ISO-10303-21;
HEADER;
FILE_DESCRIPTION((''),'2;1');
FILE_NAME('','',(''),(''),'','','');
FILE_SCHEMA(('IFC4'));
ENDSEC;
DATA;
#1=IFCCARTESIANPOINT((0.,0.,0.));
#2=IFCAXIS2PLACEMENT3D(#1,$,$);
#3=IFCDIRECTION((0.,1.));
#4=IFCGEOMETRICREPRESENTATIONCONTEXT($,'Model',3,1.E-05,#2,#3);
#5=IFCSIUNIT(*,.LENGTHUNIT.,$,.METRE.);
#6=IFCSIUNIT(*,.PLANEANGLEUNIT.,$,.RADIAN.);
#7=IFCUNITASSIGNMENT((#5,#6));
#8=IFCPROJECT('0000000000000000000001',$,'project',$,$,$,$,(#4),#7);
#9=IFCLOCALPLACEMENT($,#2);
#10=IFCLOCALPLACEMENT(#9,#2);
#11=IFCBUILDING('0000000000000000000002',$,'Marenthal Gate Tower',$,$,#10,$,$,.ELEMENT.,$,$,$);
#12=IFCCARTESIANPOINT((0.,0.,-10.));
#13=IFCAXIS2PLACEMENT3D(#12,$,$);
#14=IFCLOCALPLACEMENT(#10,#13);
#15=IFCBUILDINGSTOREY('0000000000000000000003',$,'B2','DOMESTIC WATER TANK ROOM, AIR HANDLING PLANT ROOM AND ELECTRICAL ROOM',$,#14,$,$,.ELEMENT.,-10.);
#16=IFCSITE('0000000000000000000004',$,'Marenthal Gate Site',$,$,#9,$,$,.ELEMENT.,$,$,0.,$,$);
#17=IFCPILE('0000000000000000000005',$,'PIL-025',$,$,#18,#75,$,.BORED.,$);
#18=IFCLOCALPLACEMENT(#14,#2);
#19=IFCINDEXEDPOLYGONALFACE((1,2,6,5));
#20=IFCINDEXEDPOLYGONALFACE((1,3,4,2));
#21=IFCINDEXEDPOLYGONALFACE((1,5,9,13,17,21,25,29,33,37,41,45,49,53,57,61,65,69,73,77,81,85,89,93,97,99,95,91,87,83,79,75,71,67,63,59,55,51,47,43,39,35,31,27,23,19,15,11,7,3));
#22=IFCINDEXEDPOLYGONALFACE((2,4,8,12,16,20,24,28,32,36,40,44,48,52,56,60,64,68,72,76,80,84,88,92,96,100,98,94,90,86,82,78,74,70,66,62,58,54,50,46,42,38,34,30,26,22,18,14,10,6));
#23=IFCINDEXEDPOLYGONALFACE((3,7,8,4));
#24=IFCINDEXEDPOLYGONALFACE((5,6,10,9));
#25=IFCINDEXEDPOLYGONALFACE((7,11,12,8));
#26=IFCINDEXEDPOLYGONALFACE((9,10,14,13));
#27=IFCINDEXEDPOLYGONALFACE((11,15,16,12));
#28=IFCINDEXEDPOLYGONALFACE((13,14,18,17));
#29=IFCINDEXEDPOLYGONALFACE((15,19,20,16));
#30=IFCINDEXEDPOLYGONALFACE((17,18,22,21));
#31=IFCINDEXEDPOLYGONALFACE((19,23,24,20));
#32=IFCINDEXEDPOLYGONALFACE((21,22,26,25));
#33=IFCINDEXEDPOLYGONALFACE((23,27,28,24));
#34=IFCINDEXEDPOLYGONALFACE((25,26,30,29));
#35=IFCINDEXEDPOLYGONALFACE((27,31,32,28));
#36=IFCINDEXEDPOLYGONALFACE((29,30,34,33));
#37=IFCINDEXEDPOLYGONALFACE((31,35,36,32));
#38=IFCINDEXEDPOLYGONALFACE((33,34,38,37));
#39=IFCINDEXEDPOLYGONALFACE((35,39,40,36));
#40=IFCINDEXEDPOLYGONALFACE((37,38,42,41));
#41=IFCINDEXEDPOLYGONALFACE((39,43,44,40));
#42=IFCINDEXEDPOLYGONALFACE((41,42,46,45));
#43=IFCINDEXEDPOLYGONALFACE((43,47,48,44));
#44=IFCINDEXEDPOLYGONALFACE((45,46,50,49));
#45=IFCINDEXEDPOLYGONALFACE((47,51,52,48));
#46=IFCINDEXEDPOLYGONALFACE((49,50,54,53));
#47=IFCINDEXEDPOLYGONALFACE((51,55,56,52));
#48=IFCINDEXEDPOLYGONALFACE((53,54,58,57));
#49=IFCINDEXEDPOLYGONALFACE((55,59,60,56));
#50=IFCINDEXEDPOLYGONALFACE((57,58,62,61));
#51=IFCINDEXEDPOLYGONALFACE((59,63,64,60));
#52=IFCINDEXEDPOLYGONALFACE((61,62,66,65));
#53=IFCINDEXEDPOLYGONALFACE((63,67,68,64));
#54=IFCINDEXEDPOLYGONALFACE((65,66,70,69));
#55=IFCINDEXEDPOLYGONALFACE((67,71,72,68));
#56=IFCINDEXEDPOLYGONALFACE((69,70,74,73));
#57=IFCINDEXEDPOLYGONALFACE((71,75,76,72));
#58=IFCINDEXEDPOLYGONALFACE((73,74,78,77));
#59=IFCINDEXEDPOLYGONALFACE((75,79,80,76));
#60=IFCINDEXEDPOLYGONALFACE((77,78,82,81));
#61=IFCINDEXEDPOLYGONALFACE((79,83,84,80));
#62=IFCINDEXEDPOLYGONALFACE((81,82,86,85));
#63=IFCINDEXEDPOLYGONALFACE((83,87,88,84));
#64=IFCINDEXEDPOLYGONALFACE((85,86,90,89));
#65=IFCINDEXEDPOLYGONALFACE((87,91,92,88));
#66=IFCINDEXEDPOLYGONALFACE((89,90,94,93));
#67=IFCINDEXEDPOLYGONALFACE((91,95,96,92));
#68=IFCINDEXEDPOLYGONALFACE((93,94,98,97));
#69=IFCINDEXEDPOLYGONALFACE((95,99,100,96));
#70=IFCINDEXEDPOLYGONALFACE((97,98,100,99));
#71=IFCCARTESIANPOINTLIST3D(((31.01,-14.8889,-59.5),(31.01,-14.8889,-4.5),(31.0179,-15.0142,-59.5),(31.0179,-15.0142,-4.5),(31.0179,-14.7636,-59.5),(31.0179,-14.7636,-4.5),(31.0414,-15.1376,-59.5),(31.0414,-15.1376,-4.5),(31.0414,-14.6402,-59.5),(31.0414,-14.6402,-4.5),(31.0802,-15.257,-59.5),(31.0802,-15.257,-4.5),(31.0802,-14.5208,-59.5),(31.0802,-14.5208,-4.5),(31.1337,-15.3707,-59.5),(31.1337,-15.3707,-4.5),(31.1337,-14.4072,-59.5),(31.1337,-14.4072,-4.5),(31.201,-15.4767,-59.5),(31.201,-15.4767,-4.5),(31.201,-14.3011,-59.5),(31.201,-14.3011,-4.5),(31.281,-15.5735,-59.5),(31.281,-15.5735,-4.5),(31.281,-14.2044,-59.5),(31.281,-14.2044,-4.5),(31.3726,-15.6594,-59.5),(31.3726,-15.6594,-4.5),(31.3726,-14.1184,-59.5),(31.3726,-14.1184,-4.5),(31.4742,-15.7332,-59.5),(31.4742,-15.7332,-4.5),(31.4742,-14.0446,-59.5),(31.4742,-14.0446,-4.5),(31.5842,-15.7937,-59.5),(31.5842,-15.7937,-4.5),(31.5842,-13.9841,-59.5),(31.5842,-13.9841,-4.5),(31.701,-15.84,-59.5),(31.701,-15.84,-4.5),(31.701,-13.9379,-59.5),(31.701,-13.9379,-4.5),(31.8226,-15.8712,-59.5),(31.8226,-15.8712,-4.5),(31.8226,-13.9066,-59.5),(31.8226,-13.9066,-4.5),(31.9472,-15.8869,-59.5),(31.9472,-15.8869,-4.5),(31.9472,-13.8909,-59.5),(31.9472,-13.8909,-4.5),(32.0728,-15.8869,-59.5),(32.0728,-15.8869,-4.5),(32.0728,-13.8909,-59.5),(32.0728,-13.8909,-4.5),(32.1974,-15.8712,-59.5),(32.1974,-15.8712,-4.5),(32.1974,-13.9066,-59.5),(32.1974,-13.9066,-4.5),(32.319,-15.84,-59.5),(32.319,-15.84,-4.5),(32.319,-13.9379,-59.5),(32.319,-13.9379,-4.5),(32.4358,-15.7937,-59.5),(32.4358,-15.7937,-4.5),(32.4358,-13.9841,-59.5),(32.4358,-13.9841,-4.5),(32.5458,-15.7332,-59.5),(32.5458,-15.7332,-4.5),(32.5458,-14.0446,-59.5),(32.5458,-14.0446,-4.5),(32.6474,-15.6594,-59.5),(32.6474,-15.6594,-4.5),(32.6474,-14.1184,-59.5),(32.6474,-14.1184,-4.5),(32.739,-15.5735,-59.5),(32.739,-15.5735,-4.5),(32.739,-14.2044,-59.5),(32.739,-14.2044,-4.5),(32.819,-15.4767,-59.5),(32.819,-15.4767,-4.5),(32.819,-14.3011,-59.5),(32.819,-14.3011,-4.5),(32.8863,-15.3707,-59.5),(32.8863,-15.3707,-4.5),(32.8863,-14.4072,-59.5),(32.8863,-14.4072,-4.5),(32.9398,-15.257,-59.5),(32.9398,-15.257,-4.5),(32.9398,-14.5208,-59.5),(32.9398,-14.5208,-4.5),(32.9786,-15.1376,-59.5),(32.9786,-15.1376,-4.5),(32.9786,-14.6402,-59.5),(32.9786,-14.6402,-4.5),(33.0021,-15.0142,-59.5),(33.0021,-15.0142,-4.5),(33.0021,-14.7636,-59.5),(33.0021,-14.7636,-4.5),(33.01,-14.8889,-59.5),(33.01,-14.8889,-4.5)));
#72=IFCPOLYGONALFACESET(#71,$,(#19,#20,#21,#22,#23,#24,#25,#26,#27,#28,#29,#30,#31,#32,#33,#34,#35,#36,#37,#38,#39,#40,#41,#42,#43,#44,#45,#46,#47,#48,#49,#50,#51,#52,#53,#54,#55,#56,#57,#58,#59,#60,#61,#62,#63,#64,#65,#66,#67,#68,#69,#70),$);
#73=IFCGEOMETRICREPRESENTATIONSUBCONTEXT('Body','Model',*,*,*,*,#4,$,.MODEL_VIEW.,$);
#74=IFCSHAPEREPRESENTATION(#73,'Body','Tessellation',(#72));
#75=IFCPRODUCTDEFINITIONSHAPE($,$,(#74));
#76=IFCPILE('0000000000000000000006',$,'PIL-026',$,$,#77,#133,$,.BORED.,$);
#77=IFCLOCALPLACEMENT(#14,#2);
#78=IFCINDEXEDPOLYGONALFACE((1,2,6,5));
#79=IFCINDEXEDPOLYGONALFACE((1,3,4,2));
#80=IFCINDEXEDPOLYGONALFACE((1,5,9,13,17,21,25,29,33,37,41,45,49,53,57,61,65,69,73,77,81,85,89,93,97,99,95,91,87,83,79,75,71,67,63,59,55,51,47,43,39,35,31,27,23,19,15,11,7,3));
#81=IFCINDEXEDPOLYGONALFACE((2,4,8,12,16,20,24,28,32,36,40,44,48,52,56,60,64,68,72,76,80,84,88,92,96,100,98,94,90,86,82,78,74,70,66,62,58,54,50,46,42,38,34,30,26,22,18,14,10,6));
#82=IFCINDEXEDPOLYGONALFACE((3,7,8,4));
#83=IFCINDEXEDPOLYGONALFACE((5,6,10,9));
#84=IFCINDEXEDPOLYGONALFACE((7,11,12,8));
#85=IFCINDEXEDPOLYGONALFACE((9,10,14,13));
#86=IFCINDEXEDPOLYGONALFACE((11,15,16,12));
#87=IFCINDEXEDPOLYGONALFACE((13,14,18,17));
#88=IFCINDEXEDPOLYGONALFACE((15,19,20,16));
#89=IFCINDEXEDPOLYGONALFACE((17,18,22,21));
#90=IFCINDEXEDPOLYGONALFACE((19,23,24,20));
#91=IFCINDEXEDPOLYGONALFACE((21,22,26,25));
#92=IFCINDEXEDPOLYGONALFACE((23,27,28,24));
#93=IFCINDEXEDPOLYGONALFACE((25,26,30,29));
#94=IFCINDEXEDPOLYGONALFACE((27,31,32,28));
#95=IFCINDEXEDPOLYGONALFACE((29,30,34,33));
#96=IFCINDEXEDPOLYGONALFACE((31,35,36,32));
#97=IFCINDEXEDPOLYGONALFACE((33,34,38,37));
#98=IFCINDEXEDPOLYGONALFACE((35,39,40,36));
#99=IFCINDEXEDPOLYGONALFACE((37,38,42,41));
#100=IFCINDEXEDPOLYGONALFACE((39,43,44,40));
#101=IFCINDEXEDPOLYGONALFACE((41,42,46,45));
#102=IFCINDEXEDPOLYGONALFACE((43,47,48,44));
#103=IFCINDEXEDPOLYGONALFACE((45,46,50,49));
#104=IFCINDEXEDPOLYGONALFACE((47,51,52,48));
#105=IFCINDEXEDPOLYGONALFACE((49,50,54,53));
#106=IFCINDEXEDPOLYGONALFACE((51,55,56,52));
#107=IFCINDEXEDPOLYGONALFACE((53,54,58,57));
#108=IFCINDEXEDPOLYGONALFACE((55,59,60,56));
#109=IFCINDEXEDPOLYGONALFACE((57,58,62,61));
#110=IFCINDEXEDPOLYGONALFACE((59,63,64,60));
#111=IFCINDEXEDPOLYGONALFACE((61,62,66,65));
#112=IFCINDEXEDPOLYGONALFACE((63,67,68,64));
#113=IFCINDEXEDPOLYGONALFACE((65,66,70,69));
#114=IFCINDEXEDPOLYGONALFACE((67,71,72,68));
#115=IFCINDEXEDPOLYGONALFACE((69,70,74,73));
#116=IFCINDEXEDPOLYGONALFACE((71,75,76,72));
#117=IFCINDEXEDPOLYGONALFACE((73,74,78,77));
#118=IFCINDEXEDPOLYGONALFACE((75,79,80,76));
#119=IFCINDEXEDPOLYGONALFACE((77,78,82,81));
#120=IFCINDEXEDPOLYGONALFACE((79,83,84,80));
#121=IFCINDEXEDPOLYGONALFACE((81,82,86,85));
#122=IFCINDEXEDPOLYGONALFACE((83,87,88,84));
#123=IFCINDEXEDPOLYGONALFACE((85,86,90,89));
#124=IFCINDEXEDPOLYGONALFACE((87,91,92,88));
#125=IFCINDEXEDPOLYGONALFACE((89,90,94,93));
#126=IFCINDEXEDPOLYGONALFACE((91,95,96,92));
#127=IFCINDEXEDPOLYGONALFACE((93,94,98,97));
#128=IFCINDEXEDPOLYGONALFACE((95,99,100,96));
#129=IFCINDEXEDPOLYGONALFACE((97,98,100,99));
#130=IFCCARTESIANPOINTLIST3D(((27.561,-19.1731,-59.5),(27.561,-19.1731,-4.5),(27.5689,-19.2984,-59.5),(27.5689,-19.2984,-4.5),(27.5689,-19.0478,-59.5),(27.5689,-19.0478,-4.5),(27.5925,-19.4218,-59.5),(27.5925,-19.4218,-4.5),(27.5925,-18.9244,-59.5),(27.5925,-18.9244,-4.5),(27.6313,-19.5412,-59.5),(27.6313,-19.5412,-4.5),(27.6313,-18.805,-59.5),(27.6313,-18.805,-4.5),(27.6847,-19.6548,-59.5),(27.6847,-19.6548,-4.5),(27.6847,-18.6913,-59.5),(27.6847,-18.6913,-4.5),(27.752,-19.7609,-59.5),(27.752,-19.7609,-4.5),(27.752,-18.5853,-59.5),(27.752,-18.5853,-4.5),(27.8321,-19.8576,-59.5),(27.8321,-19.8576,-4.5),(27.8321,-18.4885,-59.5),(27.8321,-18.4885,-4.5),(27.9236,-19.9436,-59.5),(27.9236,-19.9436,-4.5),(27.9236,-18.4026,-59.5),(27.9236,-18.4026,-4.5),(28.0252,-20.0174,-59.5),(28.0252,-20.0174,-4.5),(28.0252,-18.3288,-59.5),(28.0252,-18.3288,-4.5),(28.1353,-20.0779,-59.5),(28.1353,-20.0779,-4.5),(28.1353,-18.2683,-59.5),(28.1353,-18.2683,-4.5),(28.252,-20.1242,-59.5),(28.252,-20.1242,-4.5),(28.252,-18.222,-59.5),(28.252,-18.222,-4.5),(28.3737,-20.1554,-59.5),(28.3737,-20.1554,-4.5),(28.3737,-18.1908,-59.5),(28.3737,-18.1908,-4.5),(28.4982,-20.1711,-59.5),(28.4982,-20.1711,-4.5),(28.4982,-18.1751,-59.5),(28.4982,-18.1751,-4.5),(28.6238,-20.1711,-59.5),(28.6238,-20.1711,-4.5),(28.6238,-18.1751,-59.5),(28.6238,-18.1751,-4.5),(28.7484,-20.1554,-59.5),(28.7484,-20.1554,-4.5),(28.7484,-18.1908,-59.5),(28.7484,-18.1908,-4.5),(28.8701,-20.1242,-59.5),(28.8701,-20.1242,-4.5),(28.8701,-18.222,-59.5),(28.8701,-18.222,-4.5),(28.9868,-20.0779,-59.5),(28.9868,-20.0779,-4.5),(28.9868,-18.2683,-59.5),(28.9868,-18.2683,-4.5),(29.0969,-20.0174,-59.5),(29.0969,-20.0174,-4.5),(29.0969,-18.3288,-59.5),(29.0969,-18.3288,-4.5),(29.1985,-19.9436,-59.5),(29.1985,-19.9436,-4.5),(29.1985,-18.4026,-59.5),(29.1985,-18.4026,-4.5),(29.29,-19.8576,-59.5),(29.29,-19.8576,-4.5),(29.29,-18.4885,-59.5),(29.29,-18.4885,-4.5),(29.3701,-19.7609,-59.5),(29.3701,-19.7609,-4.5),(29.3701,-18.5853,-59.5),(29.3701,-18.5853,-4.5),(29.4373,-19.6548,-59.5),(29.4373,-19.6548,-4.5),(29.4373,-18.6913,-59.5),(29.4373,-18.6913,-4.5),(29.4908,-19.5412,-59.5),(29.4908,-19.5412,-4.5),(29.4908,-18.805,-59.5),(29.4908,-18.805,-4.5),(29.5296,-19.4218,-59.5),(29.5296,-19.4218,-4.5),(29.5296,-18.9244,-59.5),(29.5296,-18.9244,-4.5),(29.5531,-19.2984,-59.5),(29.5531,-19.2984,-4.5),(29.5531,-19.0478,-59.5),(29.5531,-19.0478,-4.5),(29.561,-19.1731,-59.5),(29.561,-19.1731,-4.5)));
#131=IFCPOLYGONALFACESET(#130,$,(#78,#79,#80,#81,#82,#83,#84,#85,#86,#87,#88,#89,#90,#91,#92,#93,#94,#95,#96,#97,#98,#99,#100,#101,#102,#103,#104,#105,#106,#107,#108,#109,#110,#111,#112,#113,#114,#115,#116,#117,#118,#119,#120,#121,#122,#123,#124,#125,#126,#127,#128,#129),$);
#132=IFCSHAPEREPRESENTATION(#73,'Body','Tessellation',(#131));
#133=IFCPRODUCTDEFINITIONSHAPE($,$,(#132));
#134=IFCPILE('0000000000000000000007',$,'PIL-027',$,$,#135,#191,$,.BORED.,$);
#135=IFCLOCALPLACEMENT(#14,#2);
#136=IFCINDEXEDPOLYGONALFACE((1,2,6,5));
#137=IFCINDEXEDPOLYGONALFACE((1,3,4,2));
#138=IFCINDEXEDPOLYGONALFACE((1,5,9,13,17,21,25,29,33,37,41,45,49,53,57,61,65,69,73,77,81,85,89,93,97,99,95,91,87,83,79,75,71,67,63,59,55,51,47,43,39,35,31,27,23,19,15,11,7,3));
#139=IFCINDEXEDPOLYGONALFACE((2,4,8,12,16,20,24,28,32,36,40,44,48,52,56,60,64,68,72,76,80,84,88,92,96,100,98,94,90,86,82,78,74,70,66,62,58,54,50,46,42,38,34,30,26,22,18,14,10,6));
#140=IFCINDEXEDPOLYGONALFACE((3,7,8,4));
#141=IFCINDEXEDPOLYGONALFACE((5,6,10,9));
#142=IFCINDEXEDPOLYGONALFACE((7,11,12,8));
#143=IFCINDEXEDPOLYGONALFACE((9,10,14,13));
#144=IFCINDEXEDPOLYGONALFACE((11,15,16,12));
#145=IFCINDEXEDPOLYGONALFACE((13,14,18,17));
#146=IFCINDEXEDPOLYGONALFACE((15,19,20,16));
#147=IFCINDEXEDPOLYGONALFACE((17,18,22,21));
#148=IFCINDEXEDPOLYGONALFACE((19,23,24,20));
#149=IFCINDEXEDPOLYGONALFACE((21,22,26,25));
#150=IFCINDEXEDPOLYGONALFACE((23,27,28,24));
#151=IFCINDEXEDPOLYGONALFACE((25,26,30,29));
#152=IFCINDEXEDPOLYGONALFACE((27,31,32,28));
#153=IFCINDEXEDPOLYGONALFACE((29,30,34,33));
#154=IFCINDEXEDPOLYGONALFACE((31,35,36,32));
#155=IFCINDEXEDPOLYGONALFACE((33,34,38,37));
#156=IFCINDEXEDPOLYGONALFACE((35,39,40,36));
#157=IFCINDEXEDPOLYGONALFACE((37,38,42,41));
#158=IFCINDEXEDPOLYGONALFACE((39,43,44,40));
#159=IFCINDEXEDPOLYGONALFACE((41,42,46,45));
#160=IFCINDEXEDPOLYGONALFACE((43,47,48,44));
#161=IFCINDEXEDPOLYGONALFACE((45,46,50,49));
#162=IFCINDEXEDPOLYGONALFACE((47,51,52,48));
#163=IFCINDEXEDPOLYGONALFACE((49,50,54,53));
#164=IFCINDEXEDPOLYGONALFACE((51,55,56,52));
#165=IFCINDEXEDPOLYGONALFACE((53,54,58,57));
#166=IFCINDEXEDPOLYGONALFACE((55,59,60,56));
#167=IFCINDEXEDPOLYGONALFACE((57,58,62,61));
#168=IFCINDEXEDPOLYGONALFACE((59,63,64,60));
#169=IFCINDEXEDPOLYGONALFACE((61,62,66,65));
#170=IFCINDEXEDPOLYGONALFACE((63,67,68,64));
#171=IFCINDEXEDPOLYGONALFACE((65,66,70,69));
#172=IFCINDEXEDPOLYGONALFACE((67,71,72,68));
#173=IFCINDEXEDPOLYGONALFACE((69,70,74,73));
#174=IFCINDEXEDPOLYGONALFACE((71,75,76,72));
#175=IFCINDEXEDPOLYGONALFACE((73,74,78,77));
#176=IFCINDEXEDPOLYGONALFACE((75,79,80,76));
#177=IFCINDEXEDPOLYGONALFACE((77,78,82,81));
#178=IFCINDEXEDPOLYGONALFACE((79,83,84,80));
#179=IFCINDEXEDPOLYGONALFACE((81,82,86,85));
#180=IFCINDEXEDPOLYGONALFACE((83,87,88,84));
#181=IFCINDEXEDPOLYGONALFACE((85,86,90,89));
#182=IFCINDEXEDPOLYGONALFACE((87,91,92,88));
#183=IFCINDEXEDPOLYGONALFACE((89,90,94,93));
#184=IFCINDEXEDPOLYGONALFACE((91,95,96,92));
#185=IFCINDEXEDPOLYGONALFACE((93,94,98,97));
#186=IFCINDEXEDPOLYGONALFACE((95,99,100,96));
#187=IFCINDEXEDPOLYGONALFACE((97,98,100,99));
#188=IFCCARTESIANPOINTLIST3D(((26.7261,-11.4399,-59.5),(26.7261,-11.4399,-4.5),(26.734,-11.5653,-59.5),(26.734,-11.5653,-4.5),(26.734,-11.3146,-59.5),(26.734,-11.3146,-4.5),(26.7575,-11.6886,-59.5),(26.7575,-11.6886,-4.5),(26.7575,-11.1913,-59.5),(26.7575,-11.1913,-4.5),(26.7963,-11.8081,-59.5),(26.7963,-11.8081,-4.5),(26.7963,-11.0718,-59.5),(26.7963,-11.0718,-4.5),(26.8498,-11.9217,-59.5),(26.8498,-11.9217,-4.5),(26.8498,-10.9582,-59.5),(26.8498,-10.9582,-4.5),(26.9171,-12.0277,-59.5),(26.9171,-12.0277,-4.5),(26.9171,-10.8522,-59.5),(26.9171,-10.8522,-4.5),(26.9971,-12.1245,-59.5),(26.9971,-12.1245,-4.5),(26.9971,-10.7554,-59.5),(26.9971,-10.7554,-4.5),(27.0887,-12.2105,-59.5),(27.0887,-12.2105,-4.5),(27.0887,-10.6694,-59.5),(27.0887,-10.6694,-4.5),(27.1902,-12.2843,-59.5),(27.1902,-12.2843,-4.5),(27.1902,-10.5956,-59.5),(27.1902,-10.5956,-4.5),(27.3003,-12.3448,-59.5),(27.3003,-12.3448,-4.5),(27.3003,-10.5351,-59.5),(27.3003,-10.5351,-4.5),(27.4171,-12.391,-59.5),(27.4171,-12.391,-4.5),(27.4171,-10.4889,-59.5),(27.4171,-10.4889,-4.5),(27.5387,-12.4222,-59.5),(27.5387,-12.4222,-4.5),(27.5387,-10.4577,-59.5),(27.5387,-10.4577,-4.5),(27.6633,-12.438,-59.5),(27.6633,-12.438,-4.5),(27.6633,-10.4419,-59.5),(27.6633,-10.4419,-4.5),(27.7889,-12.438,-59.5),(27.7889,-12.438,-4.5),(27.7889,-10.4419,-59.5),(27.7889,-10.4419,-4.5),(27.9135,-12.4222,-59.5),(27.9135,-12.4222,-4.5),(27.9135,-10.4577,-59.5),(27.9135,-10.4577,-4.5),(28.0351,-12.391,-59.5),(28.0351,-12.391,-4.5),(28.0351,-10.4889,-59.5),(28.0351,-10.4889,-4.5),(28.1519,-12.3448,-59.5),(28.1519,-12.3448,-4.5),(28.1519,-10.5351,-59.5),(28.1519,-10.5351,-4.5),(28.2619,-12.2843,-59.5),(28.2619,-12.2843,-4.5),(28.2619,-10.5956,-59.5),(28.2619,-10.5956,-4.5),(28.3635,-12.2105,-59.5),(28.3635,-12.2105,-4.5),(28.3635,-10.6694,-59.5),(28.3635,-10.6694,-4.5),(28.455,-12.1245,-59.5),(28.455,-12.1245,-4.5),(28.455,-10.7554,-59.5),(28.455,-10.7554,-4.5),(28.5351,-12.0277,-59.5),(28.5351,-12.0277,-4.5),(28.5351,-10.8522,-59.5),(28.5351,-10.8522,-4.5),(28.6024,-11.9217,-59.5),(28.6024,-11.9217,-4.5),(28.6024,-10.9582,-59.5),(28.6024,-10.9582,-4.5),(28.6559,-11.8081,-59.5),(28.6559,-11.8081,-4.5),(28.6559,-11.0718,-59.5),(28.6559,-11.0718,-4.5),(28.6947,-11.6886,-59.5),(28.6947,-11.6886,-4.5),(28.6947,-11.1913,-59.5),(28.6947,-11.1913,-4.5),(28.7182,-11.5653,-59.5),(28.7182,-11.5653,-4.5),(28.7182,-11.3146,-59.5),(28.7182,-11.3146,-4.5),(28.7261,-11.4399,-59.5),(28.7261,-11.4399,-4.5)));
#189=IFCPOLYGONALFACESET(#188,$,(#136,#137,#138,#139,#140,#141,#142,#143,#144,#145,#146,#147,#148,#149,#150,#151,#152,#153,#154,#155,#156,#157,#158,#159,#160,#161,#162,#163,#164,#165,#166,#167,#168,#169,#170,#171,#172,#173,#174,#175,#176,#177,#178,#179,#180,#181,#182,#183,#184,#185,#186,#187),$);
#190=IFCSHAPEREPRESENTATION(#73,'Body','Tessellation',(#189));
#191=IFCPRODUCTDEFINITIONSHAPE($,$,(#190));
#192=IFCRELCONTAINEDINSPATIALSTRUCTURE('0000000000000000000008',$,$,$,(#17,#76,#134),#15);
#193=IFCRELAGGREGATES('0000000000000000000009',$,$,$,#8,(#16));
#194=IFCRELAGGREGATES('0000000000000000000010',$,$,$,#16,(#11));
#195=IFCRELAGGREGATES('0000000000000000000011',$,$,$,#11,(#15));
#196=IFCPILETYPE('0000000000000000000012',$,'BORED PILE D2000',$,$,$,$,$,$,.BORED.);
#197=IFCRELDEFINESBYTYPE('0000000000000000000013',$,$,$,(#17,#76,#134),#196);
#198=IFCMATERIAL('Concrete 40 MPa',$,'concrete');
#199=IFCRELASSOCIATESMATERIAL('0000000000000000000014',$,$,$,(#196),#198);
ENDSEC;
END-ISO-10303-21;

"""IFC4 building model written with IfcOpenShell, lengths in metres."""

from ifc_helpers import new_model, si_unit, direction, frame, origin, origin_2d, place, context, subcontext, project, spatial, circle, extrude, material, type_object, element, save


model = new_model("IFC4")

# Units and contexts
model_context = context("Model", 3, precision=1e-05, world=origin(), true_north=direction((0.0, 1.0)))
body_context = subcontext(model_context, "Body", "Model", "MODEL_VIEW")
ifc_project = project(units=[si_unit("LENGTHUNIT", "METRE"), si_unit("PLANEANGLEUNIT", "RADIAN")], contexts=[model_context])

# Site, building, storey
site_placement = place(None, origin())
site = spatial("IfcSite", under=ifc_project, at=site_placement, Name="Marenthal Gate Site", CompositionType="ELEMENT", RefElevation=0.0)
building_placement = place(site_placement, origin())
building = spatial("IfcBuilding", under=site, at=building_placement, Name="Marenthal Gate Tower", CompositionType="ELEMENT")
storey_placement = place(building_placement, frame((0.0, 0.0, -10.0)))
storey = spatial("IfcBuildingStorey", under=building, at=storey_placement, Name="B2", Description="DOMESTIC WATER TANK ROOM, AIR HANDLING PLANT ROOM AND ELECTRICAL ROOM", CompositionType="ELEMENT", Elevation=-10.0)

# Piles
ifc_material_1 = material(Name="Concrete 40 MPa", Category="concrete")
pile_type = type_object("IfcPileType", Name="BORED PILE D2000", PredefinedType="BORED", material=ifc_material_1)
for number, where, z_axis, x_axis, name in (
    (1, (32.01, -14.8889, -4.5), (0.0, 0.0, -1.0), (1.0, 0.0, 0.0), "PIL-025"),
    (2, (28.561, -19.1731, -4.5), (0.0, 0.0, -1.0), (1.0, 0.0, 0.0), "PIL-026"),
    (3, (27.7261, -11.4399, -4.5), (0.0, 0.0, -1.0), (1.0, 0.0, 0.0), "PIL-027"),
):
    element("IfcPile", number, at=place(storey_placement, frame(where, z_axis=z_axis, x_axis=x_axis)), inside=storey, type_object=pile_type, Name=name, PredefinedType="BORED", context=body_context, shape_type="SweptSolid", body=[
        extrude(circle(Radius=1.0, at=origin_2d()), origin(), (0.0, 0.0, 1.0), 55.0),
    ])

save(model, "model.ifc")
